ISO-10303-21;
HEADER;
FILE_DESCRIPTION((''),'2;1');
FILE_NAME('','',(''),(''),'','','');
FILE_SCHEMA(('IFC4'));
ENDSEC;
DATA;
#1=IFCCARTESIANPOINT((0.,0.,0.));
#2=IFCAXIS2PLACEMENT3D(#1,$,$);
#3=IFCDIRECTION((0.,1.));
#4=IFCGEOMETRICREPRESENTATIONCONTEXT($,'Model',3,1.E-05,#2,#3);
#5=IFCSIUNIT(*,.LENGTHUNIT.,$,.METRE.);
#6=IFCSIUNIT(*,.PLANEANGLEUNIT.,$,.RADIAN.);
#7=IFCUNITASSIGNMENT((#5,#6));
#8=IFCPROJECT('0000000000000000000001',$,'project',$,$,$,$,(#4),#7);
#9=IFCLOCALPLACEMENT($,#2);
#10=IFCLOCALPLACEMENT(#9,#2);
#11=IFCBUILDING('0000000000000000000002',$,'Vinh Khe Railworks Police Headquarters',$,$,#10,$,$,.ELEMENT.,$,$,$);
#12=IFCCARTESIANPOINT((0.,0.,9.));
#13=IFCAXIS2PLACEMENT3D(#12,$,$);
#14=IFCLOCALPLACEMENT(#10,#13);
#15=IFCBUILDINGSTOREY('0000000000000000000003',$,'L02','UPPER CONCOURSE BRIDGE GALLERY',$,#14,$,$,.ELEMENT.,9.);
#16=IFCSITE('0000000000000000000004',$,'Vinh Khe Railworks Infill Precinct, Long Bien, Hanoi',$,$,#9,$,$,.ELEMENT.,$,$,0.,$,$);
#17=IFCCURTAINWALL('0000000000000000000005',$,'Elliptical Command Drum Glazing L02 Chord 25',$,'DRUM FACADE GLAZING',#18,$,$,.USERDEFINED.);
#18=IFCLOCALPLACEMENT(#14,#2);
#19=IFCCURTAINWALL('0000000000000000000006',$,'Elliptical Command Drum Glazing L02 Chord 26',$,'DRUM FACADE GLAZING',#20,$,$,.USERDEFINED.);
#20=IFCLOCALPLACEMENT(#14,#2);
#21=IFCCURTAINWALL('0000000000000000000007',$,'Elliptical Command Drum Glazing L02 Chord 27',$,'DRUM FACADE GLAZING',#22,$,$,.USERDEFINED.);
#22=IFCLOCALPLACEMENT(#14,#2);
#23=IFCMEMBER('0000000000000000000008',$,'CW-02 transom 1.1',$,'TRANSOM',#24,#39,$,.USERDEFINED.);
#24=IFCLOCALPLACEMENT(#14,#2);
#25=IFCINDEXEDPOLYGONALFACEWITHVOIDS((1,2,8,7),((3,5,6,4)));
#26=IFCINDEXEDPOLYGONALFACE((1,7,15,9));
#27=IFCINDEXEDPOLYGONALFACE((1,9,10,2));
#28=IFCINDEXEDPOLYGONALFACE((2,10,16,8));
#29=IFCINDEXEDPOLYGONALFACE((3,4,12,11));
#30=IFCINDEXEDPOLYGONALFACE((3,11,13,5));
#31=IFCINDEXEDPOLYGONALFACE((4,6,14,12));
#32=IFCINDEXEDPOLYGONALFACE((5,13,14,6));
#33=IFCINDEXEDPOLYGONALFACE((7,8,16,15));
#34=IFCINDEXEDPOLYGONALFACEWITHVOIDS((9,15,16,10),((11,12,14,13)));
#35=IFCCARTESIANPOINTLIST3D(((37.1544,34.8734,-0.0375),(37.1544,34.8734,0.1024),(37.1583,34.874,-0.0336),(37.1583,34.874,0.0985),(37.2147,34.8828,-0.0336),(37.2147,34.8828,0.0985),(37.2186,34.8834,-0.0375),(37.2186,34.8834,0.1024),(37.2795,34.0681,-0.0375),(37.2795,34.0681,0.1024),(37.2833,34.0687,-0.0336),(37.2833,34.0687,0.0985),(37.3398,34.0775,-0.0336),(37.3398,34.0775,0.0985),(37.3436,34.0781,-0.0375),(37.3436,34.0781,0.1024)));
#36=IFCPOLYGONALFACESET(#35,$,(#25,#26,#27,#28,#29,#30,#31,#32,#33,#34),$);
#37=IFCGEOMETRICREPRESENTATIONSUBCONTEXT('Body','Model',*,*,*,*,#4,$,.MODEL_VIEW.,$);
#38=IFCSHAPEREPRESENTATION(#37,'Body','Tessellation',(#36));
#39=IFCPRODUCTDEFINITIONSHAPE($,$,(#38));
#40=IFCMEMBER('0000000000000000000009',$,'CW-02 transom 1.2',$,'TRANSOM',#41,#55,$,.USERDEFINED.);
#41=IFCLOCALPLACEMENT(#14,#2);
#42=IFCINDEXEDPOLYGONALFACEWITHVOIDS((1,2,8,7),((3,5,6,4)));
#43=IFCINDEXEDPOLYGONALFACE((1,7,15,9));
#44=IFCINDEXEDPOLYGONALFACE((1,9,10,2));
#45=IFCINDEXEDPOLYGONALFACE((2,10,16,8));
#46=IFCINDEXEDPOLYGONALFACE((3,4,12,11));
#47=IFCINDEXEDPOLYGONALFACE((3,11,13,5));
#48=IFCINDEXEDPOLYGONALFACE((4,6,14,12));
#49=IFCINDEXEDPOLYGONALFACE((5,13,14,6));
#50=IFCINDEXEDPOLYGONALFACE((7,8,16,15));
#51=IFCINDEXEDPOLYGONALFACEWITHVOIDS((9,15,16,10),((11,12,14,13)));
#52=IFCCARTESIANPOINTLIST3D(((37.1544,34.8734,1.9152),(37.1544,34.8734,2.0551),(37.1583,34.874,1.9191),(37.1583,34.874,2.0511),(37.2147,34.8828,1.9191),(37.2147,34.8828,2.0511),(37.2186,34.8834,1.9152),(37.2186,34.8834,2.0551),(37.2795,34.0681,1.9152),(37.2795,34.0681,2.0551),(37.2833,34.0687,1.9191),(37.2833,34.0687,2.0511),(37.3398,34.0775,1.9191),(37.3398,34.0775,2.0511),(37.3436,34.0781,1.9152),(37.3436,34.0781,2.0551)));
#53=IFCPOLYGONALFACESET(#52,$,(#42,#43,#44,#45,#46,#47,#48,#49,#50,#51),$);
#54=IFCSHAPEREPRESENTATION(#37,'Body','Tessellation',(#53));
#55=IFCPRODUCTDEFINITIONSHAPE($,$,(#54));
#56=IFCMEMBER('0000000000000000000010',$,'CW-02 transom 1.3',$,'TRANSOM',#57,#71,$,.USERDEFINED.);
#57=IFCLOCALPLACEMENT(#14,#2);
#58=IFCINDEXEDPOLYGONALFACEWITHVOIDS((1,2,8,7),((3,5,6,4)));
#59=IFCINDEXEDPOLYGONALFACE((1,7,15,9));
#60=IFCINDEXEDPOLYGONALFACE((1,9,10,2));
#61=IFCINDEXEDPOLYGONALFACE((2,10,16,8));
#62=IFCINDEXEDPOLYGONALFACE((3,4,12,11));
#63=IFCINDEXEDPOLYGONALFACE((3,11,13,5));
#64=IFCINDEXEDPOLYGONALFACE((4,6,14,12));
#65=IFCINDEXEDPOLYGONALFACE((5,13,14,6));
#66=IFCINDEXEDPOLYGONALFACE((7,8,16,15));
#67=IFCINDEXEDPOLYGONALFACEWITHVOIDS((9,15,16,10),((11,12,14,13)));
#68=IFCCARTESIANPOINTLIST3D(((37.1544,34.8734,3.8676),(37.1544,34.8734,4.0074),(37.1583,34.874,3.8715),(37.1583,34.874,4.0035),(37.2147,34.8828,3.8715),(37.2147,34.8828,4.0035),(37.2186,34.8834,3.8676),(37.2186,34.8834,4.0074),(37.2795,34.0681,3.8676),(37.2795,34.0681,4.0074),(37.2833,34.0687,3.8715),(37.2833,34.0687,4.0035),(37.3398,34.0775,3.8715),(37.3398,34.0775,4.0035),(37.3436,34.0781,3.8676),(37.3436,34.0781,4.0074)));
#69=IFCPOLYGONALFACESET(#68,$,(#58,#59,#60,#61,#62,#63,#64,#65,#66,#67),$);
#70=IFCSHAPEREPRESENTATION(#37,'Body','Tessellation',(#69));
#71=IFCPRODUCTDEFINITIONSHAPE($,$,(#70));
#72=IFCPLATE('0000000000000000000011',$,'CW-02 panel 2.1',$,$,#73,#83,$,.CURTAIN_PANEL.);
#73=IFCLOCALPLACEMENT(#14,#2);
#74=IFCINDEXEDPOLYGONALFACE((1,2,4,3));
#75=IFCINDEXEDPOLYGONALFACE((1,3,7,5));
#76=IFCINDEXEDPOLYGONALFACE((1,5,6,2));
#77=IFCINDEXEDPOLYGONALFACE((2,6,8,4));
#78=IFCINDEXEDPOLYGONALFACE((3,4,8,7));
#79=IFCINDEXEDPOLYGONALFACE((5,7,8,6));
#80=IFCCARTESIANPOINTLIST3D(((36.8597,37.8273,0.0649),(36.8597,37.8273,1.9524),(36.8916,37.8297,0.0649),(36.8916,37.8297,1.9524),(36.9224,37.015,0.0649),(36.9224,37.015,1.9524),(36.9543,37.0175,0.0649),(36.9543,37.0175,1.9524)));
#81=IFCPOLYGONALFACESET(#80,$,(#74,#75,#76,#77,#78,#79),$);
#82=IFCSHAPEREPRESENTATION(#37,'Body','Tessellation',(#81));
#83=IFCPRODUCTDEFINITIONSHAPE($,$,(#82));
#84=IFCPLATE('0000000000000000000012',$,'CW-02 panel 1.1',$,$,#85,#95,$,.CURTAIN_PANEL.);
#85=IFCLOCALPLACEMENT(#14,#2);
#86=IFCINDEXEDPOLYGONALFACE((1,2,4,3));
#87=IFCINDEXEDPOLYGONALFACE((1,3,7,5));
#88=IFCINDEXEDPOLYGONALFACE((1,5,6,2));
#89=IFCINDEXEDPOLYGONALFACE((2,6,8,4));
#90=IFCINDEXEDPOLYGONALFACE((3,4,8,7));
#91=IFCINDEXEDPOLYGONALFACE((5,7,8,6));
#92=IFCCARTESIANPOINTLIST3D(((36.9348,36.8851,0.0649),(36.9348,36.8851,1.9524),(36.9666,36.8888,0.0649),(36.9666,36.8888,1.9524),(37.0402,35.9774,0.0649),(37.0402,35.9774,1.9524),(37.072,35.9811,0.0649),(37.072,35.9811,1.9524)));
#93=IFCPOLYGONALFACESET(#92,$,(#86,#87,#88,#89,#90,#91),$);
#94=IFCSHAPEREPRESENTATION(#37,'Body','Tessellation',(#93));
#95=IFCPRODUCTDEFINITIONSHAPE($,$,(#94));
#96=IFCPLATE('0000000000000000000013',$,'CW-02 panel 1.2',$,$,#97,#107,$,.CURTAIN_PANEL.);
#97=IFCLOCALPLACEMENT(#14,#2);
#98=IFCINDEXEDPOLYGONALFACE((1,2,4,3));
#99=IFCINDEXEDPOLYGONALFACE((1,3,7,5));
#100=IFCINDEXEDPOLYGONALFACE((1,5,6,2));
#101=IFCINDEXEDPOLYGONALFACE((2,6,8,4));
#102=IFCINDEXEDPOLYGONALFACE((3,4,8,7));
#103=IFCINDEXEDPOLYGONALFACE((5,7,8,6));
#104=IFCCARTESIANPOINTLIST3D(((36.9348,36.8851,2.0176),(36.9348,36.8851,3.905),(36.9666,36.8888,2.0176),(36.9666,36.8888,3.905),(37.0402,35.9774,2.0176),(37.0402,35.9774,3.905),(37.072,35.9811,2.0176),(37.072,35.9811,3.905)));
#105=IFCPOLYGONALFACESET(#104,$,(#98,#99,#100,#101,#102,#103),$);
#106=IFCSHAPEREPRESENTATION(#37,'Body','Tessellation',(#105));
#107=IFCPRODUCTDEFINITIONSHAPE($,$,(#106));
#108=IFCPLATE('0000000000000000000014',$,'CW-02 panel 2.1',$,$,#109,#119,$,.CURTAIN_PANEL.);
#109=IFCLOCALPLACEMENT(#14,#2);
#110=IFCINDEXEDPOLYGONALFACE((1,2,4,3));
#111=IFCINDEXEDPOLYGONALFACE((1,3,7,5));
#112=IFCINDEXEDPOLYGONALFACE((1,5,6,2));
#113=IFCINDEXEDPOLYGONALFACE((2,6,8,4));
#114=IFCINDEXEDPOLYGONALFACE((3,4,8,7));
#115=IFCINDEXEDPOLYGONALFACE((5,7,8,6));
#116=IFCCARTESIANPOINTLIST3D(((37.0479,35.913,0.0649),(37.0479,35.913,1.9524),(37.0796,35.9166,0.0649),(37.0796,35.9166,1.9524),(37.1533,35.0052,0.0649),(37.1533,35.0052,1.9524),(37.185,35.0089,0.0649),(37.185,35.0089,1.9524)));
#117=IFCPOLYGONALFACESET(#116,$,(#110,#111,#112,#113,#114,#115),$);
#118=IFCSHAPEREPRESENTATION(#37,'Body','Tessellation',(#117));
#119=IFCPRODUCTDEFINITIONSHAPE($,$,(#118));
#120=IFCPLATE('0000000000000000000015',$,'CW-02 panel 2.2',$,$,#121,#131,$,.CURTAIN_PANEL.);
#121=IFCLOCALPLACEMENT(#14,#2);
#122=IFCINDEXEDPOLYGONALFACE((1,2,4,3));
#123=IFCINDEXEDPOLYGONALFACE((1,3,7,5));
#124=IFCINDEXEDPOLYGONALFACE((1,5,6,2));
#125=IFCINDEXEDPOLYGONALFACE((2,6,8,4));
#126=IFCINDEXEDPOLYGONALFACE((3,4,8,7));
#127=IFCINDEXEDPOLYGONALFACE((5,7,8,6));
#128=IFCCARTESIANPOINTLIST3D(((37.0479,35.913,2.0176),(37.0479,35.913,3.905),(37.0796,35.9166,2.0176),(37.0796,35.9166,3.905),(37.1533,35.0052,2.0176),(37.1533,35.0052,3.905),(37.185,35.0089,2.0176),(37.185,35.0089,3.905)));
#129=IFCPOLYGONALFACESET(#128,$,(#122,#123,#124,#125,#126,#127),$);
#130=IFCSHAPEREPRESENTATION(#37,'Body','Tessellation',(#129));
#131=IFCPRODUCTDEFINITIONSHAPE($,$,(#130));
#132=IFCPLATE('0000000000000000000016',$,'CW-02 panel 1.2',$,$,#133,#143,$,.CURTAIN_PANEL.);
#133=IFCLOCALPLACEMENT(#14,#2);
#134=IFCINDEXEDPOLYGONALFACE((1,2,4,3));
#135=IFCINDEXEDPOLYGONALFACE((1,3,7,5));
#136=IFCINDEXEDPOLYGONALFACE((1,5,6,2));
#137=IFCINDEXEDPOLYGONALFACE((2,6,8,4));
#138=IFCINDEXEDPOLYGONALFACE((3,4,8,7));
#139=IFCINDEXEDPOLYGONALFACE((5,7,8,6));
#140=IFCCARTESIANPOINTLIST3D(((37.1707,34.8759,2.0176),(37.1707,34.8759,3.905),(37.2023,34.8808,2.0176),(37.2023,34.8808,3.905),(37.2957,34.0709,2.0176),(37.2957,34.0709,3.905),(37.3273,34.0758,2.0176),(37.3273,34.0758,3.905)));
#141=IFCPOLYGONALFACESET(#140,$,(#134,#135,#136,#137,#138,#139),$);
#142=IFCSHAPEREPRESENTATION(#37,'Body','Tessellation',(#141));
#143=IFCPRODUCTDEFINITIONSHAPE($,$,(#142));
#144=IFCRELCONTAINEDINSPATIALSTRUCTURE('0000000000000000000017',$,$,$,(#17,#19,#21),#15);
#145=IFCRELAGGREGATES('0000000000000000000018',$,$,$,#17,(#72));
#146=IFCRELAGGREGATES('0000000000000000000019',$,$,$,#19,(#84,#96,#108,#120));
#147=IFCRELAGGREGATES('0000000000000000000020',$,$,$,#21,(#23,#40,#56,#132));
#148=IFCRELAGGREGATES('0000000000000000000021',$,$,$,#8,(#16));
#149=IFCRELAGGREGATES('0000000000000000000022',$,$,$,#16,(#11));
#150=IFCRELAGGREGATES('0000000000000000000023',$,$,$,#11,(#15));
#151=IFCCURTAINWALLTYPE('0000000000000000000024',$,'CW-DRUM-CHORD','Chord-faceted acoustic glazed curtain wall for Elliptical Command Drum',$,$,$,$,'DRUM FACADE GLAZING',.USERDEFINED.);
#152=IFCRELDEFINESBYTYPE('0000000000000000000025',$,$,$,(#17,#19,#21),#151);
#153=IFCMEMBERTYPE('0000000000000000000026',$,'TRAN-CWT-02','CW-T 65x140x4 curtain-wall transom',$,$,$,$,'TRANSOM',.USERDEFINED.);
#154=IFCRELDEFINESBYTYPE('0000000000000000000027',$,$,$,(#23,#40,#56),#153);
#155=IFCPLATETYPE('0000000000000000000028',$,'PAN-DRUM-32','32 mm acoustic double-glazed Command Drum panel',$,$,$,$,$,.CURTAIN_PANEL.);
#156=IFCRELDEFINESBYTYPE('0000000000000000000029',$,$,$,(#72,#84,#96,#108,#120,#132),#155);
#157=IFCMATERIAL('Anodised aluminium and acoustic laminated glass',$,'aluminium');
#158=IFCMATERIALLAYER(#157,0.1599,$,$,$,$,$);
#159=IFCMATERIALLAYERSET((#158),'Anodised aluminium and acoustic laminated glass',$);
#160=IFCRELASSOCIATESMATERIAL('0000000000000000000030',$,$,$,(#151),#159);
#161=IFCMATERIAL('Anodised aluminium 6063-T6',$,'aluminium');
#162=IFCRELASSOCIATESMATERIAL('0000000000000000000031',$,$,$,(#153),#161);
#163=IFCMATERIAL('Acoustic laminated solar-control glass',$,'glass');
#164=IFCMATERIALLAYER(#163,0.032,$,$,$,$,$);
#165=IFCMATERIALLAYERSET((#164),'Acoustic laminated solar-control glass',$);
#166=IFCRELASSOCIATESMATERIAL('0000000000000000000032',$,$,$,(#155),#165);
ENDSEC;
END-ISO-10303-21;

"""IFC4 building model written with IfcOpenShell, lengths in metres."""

from ifc_helpers import new_model, si_unit, direction, frame, origin, origin_2d, place, context, subcontext, project, spatial, rectangle, hollow_rectangle, extrude, material, layer, layer_set, material_profile, profile_set, type_object, element, aggregate, save


model = new_model("IFC4")

# Units and contexts
model_context = context("Model", 3, precision=1e-05, world=origin(), true_north=direction((0.0, 1.0)))
body_context = subcontext(model_context, "Body", "Model", "MODEL_VIEW")
ifc_project = project(units=[si_unit("LENGTHUNIT", "METRE"), si_unit("PLANEANGLEUNIT", "RADIAN")], contexts=[model_context])

# Site, building, storey
site_placement = place(None, origin())
site = spatial("IfcSite", under=ifc_project, at=site_placement, Name="Vinh Khe Railworks Infill Precinct, Long Bien, Hanoi", CompositionType="ELEMENT", RefElevation=0.0)
building_placement = place(site_placement, origin())
building = spatial("IfcBuilding", under=site, at=building_placement, Name="Vinh Khe Railworks Police Headquarters", CompositionType="ELEMENT")
storey_placement = place(building_placement, frame((0.0, 0.0, 9.0)))
storey = spatial("IfcBuildingStorey", under=building, at=storey_placement, Name="L02", Description="UPPER CONCOURSE BRIDGE GALLERY", CompositionType="ELEMENT", Elevation=9.0)

# Curtain wall
ifc_material_1 = material(Name="Anodised aluminium and acoustic laminated glass", Category="aluminium")
ifc_layer_1 = layer(ifc_material_1, 0.1599)
ifc_layer_set_1 = layer_set([ifc_layer_1], Name="Anodised aluminium and acoustic laminated glass")
curtain_wall_type = type_object("IfcCurtainWallType", Name="CW-DRUM-CHORD", Description="Chord-faceted acoustic glazed curtain wall for Elliptical Command Drum", ElementType="DRUM FACADE GLAZING", PredefinedType="USERDEFINED", material=ifc_layer_set_1)
curtain_wall_1_placement = place(storey_placement, origin())
curtain_wall_1 = element("IfcCurtainWall", 1, at=curtain_wall_1_placement, inside=storey, type_object=curtain_wall_type, Name="Elliptical Command Drum Glazing L02 Chord 25", ObjectType="DRUM FACADE GLAZING", PredefinedType="USERDEFINED")
ifc_material_2 = material(Name="Anodised aluminium 6063-T6", Category="aluminium")

# Curtain wall
curtain_wall_2_placement = place(storey_placement, origin())
curtain_wall_2 = element("IfcCurtainWall", 2, at=curtain_wall_2_placement, inside=storey, type_object=curtain_wall_type, Name="Elliptical Command Drum Glazing L02 Chord 26", ObjectType="DRUM FACADE GLAZING", PredefinedType="USERDEFINED")

# Curtain wall
curtain_wall_3_placement = place(storey_placement, origin())
curtain_wall_3 = element("IfcCurtainWall", 3, at=curtain_wall_3_placement, inside=storey, type_object=curtain_wall_type, Name="Elliptical Command Drum Glazing L02 Chord 27", ObjectType="DRUM FACADE GLAZING", PredefinedType="USERDEFINED")

# Members
ifc_material_profile_1 = material_profile(ifc_material_2, hollow_rectangle(XDim=0.0649, YDim=0.1399, WallThickness=0.0039, at=origin_2d()), Name="CW-T 65x140x4")
ifc_profile_set_1 = profile_set([ifc_material_profile_1], Name="Anodised aluminium 6063-T6")
member_type_1 = type_object("IfcMemberType", Name="TRAN-CWT-02", Description="CW-T 65x140x4 curtain-wall transom", ElementType="TRANSOM", PredefinedType="USERDEFINED", material=ifc_profile_set_1)
member_1_placement = place(storey_placement, frame((37.1865, 34.8784, 0.0325), z_axis=(0.153408, -0.988163, 0.0), x_axis=(0.988163, 0.153408, 0.0)))
member_1 = element("IfcMember", 4, at=member_1_placement, type_object=member_type_1, Name="CW-02 transom 1.1", ObjectType="TRANSOM", PredefinedType="USERDEFINED", context=body_context, shape_type="SweptSolid", body=[
    extrude(hollow_rectangle(XDim=0.0649, YDim=0.1399, WallThickness=0.0039, at=origin_2d()), origin(), (0.0, 0.0, 1.0), 0.8149),
])
member_2_placement = place(storey_placement, frame((37.1865, 34.8784, 1.9851), z_axis=(0.153408, -0.988163, 0.0), x_axis=(0.988163, 0.153408, 0.0)))
member_2 = element("IfcMember", 5, at=member_2_placement, type_object=member_type_1, Name="CW-02 transom 1.2", ObjectType="TRANSOM", PredefinedType="USERDEFINED", context=body_context, shape_type="SweptSolid", body=[
    extrude(hollow_rectangle(XDim=0.0649, YDim=0.1399, WallThickness=0.0039, at=origin_2d()), origin(), (0.0, 0.0, 1.0), 0.8149),
])
member_3_placement = place(storey_placement, frame((37.1865, 34.8784, 3.9375), z_axis=(0.153408, -0.988163, 0.0), x_axis=(0.988163, 0.153408, 0.0)))
member_3 = element("IfcMember", 6, at=member_3_placement, type_object=member_type_1, Name="CW-02 transom 1.3", ObjectType="TRANSOM", PredefinedType="USERDEFINED", context=body_context, shape_type="SweptSolid", body=[
    extrude(hollow_rectangle(XDim=0.0649, YDim=0.1399, WallThickness=0.0039, at=origin_2d()), origin(), (0.0, 0.0, 1.0), 0.8149),
])

# Plates
ifc_material_3 = material(Name="Acoustic laminated solar-control glass", Category="glass")
ifc_layer_2 = layer(ifc_material_3, 0.032)
ifc_layer_set_2 = layer_set([ifc_layer_2], Name="Acoustic laminated solar-control glass")
plate_type = type_object("IfcPlateType", Name="PAN-DRUM-32", Description="32 mm acoustic double-glazed Command Drum panel", PredefinedType="CURTAIN_PANEL", material=ifc_layer_set_2)
plate_1_placement = place(storey_placement, frame((36.907, 37.4224, 0.0649), z_axis=(0.0, 0.0, 1.0), x_axis=(0.076969, -0.997033, 0.0)))
plate_1 = element("IfcPlate", 7, at=plate_1_placement, type_object=plate_type, Name="CW-02 panel 2.1", PredefinedType="CURTAIN_PANEL", context=body_context, shape_type="SweptSolid", body=[
    extrude(rectangle(XDim=0.8147, YDim=0.032, at=origin_2d()), origin(), (0.0, 0.0, 1.0), 1.8875),
])
aggregate(curtain_wall_1, [plate_1])
plate_2_placement = place(storey_placement, frame((37.0034, 36.4331, 0.0649), z_axis=(0.0, 0.0, 1.0), x_axis=(0.115318, -0.993329, 0.0)))
plate_2 = element("IfcPlate", 8, at=plate_2_placement, type_object=plate_type, Name="CW-02 panel 1.1", PredefinedType="CURTAIN_PANEL", context=body_context, shape_type="SweptSolid", body=[
    extrude(rectangle(XDim=0.9138, YDim=0.032, at=origin_2d()), origin(), (0.0, 0.0, 1.0), 1.8875),
])
plate_3_placement = place(storey_placement, frame((37.0034, 36.4331, 2.0176), z_axis=(0.0, 0.0, 1.0), x_axis=(0.115318, -0.993329, 0.0)))
plate_3 = element("IfcPlate", 9, at=plate_3_placement, type_object=plate_type, Name="CW-02 panel 1.2", PredefinedType="CURTAIN_PANEL", context=body_context, shape_type="SweptSolid", body=[
    extrude(rectangle(XDim=0.9138, YDim=0.032, at=origin_2d()), origin(), (0.0, 0.0, 1.0), 1.8875),
])
plate_4_placement = place(storey_placement, frame((37.1165, 35.4609, 0.0649), z_axis=(0.0, 0.0, 1.0), x_axis=(0.115318, -0.993329, 0.0)))
plate_4 = element("IfcPlate", 10, at=plate_4_placement, type_object=plate_type, Name="CW-02 panel 2.1", PredefinedType="CURTAIN_PANEL", context=body_context, shape_type="SweptSolid", body=[
    extrude(rectangle(XDim=0.9138, YDim=0.032, at=origin_2d()), origin(), (0.0, 0.0, 1.0), 1.8875),
])
plate_5_placement = place(storey_placement, frame((37.1165, 35.4609, 2.0176), z_axis=(0.0, 0.0, 1.0), x_axis=(0.115318, -0.993329, 0.0)))
plate_5 = element("IfcPlate", 11, at=plate_5_placement, type_object=plate_type, Name="CW-02 panel 2.2", PredefinedType="CURTAIN_PANEL", context=body_context, shape_type="SweptSolid", body=[
    extrude(rectangle(XDim=0.9138, YDim=0.032, at=origin_2d()), origin(), (0.0, 0.0, 1.0), 1.8875),
])
aggregate(curtain_wall_2, [plate_2, plate_3, plate_4, plate_5])
plate_6_placement = place(storey_placement, frame((37.249, 34.4758, 2.0176), z_axis=(0.0, 0.0, 1.0), x_axis=(0.15349, -0.98815, 0.0)))
plate_6 = element("IfcPlate", 12, at=plate_6_placement, type_object=plate_type, Name="CW-02 panel 1.2", PredefinedType="CURTAIN_PANEL", context=body_context, shape_type="SweptSolid", body=[
    extrude(rectangle(XDim=0.8147, YDim=0.032, at=origin_2d()), origin(), (0.0, 0.0, 1.0), 1.8875),
])
aggregate(curtain_wall_3, [member_1, member_2, member_3, plate_6])

save(model, "model.ifc")
